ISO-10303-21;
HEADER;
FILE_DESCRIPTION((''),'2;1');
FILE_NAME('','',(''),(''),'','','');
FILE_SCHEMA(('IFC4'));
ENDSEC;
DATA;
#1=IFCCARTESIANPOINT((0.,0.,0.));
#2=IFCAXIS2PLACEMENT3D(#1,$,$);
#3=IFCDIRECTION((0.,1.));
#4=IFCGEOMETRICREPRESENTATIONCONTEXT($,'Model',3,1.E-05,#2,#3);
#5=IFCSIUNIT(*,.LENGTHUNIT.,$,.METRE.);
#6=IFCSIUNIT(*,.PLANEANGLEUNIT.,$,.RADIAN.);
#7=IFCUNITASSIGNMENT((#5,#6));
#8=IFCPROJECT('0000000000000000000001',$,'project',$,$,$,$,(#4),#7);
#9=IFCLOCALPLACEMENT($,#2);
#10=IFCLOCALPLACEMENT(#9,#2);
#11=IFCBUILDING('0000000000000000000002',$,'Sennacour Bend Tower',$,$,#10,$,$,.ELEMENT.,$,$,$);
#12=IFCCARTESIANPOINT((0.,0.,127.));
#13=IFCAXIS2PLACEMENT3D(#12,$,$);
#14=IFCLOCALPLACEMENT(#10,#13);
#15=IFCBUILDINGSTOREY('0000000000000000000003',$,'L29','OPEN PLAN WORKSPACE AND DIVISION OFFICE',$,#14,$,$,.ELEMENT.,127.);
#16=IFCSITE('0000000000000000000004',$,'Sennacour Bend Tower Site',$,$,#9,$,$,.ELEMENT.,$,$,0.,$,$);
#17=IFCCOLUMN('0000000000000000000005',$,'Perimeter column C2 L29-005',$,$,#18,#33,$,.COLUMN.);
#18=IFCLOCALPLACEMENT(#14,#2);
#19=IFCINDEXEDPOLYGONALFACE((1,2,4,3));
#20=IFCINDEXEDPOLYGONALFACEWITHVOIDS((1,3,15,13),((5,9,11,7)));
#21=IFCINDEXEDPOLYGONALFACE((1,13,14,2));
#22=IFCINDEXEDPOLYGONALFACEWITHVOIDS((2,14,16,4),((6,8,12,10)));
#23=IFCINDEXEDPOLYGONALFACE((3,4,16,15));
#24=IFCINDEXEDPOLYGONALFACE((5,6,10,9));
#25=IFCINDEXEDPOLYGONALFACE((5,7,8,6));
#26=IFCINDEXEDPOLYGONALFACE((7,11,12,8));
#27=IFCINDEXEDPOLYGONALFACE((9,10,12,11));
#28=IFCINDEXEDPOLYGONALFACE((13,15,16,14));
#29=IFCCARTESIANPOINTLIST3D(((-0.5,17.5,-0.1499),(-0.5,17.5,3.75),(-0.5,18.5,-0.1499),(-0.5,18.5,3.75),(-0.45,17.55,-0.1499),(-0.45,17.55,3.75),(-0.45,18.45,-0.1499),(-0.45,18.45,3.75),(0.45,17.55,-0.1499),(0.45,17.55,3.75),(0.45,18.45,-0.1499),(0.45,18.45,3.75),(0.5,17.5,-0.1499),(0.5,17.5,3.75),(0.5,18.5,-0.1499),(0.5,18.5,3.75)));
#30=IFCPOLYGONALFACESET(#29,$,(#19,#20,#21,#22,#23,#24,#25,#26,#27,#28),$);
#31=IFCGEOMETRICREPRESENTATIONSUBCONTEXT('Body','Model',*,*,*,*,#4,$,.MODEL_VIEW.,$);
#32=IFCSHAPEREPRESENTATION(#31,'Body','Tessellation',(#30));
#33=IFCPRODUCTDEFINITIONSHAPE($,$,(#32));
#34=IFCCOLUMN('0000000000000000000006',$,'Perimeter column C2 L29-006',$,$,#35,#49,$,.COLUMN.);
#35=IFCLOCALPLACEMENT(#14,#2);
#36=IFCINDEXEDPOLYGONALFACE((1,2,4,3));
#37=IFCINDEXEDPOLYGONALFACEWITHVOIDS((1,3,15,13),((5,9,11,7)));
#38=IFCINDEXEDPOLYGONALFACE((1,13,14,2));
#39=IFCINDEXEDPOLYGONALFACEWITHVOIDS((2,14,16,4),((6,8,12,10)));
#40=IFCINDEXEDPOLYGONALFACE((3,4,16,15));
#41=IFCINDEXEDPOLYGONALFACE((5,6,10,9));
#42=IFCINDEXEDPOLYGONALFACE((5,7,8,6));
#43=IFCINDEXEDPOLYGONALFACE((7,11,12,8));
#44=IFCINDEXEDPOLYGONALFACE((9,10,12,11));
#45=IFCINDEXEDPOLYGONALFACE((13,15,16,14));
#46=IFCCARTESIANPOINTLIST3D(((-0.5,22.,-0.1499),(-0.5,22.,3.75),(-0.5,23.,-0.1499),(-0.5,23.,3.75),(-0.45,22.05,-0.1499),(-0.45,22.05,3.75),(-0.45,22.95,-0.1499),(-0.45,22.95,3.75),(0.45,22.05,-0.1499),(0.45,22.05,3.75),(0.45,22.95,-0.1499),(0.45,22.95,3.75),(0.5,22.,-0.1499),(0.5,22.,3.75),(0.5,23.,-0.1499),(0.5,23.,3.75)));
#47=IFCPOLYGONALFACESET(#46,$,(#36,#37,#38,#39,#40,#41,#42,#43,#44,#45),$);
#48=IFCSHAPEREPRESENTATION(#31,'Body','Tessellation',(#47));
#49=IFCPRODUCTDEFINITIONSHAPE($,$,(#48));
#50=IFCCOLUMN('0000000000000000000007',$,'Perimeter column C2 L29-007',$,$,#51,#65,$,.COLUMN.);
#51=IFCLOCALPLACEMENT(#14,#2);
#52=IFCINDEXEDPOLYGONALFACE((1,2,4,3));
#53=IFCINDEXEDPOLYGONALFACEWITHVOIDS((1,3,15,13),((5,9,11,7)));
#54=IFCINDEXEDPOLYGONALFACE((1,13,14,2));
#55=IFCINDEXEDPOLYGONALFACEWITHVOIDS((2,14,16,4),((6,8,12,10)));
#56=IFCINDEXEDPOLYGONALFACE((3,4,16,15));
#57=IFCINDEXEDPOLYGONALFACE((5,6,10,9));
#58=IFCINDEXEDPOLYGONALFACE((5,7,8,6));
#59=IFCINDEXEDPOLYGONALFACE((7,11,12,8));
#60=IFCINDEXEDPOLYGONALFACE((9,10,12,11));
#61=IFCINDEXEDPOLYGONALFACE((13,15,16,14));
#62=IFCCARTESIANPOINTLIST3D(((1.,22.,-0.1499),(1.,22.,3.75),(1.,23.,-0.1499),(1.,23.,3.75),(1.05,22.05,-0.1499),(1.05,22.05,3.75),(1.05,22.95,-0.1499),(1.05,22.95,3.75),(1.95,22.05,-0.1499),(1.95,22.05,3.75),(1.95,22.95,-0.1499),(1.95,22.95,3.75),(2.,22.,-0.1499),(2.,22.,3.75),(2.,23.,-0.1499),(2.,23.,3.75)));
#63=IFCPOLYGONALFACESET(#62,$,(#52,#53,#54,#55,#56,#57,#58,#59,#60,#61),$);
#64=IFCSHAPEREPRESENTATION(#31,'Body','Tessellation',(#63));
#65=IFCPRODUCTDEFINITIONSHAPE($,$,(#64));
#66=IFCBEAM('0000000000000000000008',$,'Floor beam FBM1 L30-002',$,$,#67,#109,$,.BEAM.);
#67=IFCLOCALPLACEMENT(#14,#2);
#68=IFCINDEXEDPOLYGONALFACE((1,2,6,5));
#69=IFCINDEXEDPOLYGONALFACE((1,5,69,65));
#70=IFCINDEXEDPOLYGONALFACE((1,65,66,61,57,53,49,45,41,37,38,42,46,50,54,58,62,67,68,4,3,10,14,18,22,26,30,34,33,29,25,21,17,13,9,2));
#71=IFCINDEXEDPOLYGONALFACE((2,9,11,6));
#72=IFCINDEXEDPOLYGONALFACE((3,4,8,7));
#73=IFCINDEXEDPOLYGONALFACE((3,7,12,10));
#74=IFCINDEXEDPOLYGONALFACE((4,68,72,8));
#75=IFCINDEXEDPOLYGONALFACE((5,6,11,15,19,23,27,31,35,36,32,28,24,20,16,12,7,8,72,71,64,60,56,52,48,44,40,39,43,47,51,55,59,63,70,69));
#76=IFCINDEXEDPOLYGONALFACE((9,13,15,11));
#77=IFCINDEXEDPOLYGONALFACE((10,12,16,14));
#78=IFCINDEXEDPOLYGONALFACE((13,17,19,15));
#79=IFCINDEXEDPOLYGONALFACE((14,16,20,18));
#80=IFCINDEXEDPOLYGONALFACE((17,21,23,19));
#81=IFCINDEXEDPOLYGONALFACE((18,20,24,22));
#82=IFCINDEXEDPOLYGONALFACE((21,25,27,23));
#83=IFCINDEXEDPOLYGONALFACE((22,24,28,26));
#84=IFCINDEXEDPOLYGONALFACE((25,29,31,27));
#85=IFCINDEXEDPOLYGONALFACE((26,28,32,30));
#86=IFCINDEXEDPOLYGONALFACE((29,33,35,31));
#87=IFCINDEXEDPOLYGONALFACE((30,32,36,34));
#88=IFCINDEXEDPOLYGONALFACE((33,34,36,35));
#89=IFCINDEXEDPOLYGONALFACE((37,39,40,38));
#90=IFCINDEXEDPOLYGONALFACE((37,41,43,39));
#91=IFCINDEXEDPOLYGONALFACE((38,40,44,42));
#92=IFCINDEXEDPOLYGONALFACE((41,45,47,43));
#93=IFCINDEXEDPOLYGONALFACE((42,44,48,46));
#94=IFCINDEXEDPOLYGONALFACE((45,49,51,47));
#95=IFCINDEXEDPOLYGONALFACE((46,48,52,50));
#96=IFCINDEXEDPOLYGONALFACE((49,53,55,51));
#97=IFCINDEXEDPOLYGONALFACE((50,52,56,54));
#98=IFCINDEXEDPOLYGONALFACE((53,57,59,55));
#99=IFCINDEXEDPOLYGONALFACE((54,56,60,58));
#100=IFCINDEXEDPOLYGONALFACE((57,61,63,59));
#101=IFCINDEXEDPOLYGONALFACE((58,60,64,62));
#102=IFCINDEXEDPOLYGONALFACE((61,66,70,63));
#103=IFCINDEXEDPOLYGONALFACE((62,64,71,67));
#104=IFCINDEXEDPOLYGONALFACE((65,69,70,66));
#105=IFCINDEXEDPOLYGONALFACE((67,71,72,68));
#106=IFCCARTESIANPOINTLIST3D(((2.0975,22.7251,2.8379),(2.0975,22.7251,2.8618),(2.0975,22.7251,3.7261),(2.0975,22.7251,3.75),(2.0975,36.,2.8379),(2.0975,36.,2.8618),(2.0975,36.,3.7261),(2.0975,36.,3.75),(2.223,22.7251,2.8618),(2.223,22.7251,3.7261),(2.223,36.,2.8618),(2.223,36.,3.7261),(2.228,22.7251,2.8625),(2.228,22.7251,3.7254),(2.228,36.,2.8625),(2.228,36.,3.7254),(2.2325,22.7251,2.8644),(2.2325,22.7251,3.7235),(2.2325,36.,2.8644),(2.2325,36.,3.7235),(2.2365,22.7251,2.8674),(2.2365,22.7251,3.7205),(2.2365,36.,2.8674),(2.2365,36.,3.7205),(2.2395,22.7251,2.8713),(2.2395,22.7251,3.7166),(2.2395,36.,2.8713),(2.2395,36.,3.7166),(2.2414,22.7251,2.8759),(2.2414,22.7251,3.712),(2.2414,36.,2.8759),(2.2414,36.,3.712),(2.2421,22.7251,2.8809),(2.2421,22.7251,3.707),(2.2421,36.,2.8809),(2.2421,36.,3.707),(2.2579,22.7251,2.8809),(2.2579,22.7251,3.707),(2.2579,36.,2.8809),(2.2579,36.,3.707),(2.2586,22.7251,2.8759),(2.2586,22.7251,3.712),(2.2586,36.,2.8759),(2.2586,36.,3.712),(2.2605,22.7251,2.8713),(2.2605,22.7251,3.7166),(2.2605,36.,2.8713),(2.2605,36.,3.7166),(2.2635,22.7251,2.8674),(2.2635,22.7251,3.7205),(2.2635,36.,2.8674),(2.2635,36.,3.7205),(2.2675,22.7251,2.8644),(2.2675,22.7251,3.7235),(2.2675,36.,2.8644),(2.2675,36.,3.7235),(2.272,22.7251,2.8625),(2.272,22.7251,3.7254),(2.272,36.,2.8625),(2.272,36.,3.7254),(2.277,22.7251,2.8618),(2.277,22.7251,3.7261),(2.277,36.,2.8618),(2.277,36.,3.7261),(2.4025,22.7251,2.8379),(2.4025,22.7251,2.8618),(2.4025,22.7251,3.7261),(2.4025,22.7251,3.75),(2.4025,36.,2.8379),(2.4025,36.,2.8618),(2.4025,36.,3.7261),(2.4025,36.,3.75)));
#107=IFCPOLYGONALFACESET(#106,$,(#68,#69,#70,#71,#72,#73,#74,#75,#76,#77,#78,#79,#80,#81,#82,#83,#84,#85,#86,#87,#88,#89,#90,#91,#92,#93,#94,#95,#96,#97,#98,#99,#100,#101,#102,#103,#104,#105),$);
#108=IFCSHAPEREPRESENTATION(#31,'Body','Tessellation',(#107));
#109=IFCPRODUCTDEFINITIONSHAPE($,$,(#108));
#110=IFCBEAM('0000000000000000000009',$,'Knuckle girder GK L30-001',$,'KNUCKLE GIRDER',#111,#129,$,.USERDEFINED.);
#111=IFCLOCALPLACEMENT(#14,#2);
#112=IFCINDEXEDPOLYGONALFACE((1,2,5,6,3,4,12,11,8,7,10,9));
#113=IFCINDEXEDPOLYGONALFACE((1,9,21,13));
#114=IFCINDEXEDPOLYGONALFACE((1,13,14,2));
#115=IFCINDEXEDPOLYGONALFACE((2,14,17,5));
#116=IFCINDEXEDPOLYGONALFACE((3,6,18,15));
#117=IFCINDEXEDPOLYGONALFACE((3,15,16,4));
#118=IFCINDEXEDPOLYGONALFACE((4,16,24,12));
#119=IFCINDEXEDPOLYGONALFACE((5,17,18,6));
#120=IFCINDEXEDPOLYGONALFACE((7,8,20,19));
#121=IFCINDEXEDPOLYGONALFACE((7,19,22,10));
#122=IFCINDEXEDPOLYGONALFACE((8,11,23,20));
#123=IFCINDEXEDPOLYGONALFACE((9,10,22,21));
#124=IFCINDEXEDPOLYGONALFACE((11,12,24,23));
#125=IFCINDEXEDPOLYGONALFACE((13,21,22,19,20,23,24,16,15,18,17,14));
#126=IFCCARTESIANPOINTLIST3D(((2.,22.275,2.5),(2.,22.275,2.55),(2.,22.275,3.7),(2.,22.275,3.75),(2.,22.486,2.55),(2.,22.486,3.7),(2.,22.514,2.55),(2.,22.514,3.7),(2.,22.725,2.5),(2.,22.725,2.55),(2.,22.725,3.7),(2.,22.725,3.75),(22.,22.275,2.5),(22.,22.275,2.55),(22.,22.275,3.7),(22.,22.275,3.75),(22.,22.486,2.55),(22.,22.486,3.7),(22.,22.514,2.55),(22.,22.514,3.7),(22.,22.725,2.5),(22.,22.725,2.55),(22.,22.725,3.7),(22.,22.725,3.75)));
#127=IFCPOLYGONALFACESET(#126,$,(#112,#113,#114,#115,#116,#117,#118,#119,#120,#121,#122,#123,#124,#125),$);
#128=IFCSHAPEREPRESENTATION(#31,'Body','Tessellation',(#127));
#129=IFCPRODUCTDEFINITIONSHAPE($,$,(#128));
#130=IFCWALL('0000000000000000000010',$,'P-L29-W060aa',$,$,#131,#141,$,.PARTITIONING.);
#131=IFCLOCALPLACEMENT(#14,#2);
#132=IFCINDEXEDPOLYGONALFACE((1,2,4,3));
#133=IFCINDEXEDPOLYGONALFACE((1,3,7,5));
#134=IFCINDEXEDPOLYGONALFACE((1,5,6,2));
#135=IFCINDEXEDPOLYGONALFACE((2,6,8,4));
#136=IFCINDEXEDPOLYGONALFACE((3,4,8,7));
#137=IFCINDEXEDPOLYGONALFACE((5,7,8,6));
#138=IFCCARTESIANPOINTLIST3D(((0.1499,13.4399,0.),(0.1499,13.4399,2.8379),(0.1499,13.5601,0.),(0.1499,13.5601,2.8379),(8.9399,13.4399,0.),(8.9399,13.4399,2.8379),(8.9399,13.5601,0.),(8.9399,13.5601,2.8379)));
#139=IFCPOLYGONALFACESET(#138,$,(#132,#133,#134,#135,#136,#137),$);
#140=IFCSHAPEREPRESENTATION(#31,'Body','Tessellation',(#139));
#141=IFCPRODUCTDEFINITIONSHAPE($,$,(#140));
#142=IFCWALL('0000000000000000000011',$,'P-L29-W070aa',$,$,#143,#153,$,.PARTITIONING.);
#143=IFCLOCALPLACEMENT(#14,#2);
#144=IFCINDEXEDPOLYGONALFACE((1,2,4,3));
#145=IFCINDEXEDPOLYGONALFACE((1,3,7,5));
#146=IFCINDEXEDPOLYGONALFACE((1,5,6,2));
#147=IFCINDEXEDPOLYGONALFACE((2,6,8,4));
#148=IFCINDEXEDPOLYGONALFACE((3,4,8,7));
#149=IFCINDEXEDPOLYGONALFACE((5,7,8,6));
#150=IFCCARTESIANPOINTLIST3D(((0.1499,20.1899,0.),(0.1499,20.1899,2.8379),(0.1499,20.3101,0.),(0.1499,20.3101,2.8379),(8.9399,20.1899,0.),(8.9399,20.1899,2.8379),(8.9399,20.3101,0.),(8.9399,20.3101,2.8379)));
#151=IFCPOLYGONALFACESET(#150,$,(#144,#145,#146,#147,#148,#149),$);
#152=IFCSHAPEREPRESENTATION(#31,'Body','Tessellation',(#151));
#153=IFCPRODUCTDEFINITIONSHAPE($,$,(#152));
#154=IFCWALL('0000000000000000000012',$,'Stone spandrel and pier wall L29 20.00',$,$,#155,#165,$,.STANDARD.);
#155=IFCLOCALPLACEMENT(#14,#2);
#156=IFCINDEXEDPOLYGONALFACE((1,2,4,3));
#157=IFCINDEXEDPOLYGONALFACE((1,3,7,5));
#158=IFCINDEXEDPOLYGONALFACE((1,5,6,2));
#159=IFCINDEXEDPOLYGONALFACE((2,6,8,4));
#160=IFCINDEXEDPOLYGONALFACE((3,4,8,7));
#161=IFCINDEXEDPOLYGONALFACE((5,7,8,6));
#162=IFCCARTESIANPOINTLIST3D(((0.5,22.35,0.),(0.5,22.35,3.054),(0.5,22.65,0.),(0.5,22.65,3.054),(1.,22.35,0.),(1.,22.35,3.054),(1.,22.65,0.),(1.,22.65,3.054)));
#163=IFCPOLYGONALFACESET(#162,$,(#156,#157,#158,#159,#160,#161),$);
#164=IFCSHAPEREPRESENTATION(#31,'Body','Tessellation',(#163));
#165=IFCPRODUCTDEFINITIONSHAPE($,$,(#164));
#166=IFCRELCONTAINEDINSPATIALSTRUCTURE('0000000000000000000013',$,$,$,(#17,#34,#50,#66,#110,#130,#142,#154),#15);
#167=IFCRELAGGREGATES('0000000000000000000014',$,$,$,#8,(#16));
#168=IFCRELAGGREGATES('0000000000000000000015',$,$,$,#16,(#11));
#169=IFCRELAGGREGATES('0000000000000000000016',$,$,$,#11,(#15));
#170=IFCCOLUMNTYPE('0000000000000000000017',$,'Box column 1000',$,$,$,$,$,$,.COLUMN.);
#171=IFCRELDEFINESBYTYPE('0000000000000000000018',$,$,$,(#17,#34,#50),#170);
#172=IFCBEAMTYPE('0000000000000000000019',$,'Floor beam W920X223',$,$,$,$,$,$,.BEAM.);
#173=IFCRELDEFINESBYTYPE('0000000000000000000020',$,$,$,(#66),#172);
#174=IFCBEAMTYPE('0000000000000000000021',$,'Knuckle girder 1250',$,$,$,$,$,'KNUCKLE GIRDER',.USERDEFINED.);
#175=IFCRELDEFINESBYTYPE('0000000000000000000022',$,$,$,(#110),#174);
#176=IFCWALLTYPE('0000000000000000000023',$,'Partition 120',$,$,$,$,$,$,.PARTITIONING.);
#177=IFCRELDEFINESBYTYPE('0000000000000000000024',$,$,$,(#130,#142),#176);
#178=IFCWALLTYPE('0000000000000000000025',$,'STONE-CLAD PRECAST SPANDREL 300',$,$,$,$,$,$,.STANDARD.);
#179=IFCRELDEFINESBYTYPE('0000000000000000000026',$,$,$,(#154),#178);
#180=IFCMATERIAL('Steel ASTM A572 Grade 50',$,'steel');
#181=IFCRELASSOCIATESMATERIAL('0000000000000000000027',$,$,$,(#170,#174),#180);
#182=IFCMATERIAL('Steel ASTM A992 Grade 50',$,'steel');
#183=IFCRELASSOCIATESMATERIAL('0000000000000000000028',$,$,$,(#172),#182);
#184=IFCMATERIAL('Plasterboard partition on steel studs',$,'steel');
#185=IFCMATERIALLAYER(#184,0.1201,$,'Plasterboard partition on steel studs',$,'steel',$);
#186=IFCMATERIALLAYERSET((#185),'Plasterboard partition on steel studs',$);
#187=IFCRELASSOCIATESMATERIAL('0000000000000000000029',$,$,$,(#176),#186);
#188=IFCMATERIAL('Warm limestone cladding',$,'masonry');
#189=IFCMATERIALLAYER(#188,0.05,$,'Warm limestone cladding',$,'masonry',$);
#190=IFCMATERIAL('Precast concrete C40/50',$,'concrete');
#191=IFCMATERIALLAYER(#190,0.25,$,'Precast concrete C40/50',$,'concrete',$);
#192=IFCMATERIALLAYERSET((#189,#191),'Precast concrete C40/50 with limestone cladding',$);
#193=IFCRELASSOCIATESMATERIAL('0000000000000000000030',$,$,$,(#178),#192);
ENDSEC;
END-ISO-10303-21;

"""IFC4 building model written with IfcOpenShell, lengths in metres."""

from ifc_helpers import new_model, si_unit, direction, frame, frame_2d, origin, origin_2d, place, context, subcontext, project, spatial, rectangle, hollow_rectangle, i_section, extrude, material, layer, layer_set, material_profile, profile_set, type_object, element, save


model = new_model("IFC4")

# Units and contexts
model_context = context("Model", 3, precision=1e-05, world=origin(), true_north=direction((0.0, 1.0)))
body_context = subcontext(model_context, "Body", "Model", "MODEL_VIEW")
ifc_project = project(units=[si_unit("LENGTHUNIT", "METRE"), si_unit("PLANEANGLEUNIT", "RADIAN")], contexts=[model_context])

# Site, building, storey
site_placement = place(None, origin())
site = spatial("IfcSite", under=ifc_project, at=site_placement, Name="Sennacour Bend Tower Site", CompositionType="ELEMENT", RefElevation=0.0)
building_placement = place(site_placement, origin())
building = spatial("IfcBuilding", under=site, at=building_placement, Name="Sennacour Bend Tower", CompositionType="ELEMENT")
storey_placement = place(building_placement, frame((0.0, 0.0, 127.0)))
storey = spatial("IfcBuildingStorey", under=building, at=storey_placement, Name="L29", Description="OPEN PLAN WORKSPACE AND DIVISION OFFICE", CompositionType="ELEMENT", Elevation=127.0)

# Columns
ifc_material_1 = material(Name="Steel ASTM A572 Grade 50", Category="steel")
ifc_material_profile_1 = material_profile(ifc_material_1, hollow_rectangle(XDim=1.0, YDim=1.0, WallThickness=0.05, at=origin_2d()), Name="Steel ASTM A572 Grade 50", Category="steel")
ifc_profile_set_1 = profile_set([ifc_material_profile_1], Name="Steel ASTM A572 Grade 50")
column_type = type_object("IfcColumnType", Name="Box column 1000", PredefinedType="COLUMN", material=ifc_profile_set_1)
for number, where, z_axis, x_axis, name in (
    (1, (0.0, 18.0, -0.1499), (0.0, 0.0, 1.0), (1.0, 0.0, 0.0), "Perimeter column C2 L29-005"),
    (2, (0.0, 22.5, -0.1499), (0.0, 0.0, 1.0), (1.0, 0.0, 0.0), "Perimeter column C2 L29-006"),
    (3, (1.5, 22.5, -0.1499), (0.0, 0.0, 1.0), (1.0, 0.0, 0.0), "Perimeter column C2 L29-007"),
):
    element("IfcColumn", number, at=place(storey_placement, frame(where, z_axis=z_axis, x_axis=x_axis)), inside=storey, type_object=column_type, Name=name, PredefinedType="COLUMN", context=body_context, shape_type="SweptSolid", body=[
        extrude(hollow_rectangle(XDim=1.0, YDim=1.0, WallThickness=0.05, at=origin_2d()), origin(), (0.0, 0.0, 1.0), 3.8999),
    ])

# Beams
ifc_material_2 = material(Name="Steel ASTM A992 Grade 50", Category="steel")
ifc_material_profile_2 = material_profile(ifc_material_2, i_section(OverallWidth=0.3049, OverallDepth=0.9121, WebThickness=0.0159, FlangeThickness=0.0239, FilletRadius=0.019, at=origin_2d()), Name="Steel ASTM A992 Grade 50", Category="steel")
ifc_profile_set_2 = profile_set([ifc_material_profile_2], Name="Steel ASTM A992 Grade 50")
beam_type_1 = type_object("IfcBeamType", Name="Floor beam W920X223", PredefinedType="BEAM", material=ifc_profile_set_2)
beam_1_placement = place(storey_placement, frame((2.25, 22.7251, 3.2939), z_axis=(0.0, 1.0, 0.0), x_axis=(-1.0, 0.0, 0.0)))
element("IfcBeam", 4, at=beam_1_placement, inside=storey, type_object=beam_type_1, Name="Floor beam FBM1 L30-002", PredefinedType="BEAM", context=body_context, shape_type="SweptSolid", body=[
    extrude(i_section(OverallWidth=0.3049, OverallDepth=0.9121, WebThickness=0.0159, FlangeThickness=0.0239, FilletRadius=0.019, at=origin_2d()), origin(), (0.0, 0.0, 1.0), 13.2749),
])
ifc_material_profile_3 = material_profile(ifc_material_1, i_section(OverallWidth=0.45, OverallDepth=1.25, WebThickness=0.0281, FlangeThickness=0.05, at=origin_2d()), Name="Steel ASTM A572 Grade 50", Category="steel")
ifc_profile_set_3 = profile_set([ifc_material_profile_3], Name="Steel ASTM A572 Grade 50")
beam_type_2 = type_object("IfcBeamType", Name="Knuckle girder 1250", ElementType="KNUCKLE GIRDER", PredefinedType="USERDEFINED", material=ifc_profile_set_3)
beam_2_placement = place(storey_placement, frame((2.0, 22.5, 3.125), z_axis=(1.0, 0.0, 0.0), x_axis=(0.0, 1.0, 0.0)))
element("IfcBeam", 5, at=beam_2_placement, inside=storey, type_object=beam_type_2, Name="Knuckle girder GK L30-001", ObjectType="KNUCKLE GIRDER", PredefinedType="USERDEFINED", context=body_context, shape_type="SweptSolid", body=[
    extrude(i_section(OverallWidth=0.45, OverallDepth=1.25, WebThickness=0.0281, FlangeThickness=0.05, at=origin_2d()), origin(), (0.0, 0.0, 1.0), 20.0),
])

# Walls
ifc_material_3 = material(Name="Plasterboard partition on steel studs", Category="steel")
ifc_layer_1 = layer(ifc_material_3, 0.1201, Name="Plasterboard partition on steel studs", Category="steel")
ifc_layer_set_1 = layer_set([ifc_layer_1], Name="Plasterboard partition on steel studs")
wall_type_1 = type_object("IfcWallType", Name="Partition 120", PredefinedType="PARTITIONING", material=ifc_layer_set_1)
for number, where, z_axis, x_axis, name in (
    (6, (0.1499, 13.5, 0.0), (0.0, 0.0, 1.0), (1.0, 0.0, 0.0), "P-L29-W060aa"),
    (7, (0.1499, 20.25, 0.0), (0.0, 0.0, 1.0), (1.0, 0.0, 0.0), "P-L29-W070aa"),
):
    element("IfcWall", number, at=place(storey_placement, frame(where, z_axis=z_axis, x_axis=x_axis)), inside=storey, type_object=wall_type_1, Name=name, PredefinedType="PARTITIONING", context=body_context, shape_type="SweptSolid", body=[
        extrude(rectangle(XDim=8.79, YDim=0.1201, at=frame_2d((4.395, 0.0))), origin(), (0.0, 0.0, 1.0), 2.8379),
    ])
ifc_material_4 = material(Name="Warm limestone cladding", Category="masonry")
ifc_layer_2 = layer(ifc_material_4, 0.05, Name="Warm limestone cladding", Category="masonry")
ifc_material_5 = material(Name="Precast concrete C40/50", Category="concrete")
ifc_layer_3 = layer(ifc_material_5, 0.25, Name="Precast concrete C40/50", Category="concrete")
ifc_layer_set_2 = layer_set([ifc_layer_2, ifc_layer_3], Name="Precast concrete C40/50 with limestone cladding")
wall_type_2 = type_object("IfcWallType", Name="STONE-CLAD PRECAST SPANDREL 300", PredefinedType="STANDARD", material=ifc_layer_set_2)
wall_1_placement = place(storey_placement, frame((1.0, 22.5, 0.0), z_axis=(0.0, 0.0, 1.0), x_axis=(-1.0, 0.0, 0.0)))
element("IfcWall", 8, at=wall_1_placement, inside=storey, type_object=wall_type_2, Name="Stone spandrel and pier wall L29 20.00", PredefinedType="STANDARD", context=body_context, shape_type="SweptSolid", body=[
    extrude(rectangle(XDim=0.5, YDim=0.3, at=frame_2d((0.25, 0.0))), origin(), (0.0, 0.0, 1.0), 3.054),
])

save(model, "model.ifc")
